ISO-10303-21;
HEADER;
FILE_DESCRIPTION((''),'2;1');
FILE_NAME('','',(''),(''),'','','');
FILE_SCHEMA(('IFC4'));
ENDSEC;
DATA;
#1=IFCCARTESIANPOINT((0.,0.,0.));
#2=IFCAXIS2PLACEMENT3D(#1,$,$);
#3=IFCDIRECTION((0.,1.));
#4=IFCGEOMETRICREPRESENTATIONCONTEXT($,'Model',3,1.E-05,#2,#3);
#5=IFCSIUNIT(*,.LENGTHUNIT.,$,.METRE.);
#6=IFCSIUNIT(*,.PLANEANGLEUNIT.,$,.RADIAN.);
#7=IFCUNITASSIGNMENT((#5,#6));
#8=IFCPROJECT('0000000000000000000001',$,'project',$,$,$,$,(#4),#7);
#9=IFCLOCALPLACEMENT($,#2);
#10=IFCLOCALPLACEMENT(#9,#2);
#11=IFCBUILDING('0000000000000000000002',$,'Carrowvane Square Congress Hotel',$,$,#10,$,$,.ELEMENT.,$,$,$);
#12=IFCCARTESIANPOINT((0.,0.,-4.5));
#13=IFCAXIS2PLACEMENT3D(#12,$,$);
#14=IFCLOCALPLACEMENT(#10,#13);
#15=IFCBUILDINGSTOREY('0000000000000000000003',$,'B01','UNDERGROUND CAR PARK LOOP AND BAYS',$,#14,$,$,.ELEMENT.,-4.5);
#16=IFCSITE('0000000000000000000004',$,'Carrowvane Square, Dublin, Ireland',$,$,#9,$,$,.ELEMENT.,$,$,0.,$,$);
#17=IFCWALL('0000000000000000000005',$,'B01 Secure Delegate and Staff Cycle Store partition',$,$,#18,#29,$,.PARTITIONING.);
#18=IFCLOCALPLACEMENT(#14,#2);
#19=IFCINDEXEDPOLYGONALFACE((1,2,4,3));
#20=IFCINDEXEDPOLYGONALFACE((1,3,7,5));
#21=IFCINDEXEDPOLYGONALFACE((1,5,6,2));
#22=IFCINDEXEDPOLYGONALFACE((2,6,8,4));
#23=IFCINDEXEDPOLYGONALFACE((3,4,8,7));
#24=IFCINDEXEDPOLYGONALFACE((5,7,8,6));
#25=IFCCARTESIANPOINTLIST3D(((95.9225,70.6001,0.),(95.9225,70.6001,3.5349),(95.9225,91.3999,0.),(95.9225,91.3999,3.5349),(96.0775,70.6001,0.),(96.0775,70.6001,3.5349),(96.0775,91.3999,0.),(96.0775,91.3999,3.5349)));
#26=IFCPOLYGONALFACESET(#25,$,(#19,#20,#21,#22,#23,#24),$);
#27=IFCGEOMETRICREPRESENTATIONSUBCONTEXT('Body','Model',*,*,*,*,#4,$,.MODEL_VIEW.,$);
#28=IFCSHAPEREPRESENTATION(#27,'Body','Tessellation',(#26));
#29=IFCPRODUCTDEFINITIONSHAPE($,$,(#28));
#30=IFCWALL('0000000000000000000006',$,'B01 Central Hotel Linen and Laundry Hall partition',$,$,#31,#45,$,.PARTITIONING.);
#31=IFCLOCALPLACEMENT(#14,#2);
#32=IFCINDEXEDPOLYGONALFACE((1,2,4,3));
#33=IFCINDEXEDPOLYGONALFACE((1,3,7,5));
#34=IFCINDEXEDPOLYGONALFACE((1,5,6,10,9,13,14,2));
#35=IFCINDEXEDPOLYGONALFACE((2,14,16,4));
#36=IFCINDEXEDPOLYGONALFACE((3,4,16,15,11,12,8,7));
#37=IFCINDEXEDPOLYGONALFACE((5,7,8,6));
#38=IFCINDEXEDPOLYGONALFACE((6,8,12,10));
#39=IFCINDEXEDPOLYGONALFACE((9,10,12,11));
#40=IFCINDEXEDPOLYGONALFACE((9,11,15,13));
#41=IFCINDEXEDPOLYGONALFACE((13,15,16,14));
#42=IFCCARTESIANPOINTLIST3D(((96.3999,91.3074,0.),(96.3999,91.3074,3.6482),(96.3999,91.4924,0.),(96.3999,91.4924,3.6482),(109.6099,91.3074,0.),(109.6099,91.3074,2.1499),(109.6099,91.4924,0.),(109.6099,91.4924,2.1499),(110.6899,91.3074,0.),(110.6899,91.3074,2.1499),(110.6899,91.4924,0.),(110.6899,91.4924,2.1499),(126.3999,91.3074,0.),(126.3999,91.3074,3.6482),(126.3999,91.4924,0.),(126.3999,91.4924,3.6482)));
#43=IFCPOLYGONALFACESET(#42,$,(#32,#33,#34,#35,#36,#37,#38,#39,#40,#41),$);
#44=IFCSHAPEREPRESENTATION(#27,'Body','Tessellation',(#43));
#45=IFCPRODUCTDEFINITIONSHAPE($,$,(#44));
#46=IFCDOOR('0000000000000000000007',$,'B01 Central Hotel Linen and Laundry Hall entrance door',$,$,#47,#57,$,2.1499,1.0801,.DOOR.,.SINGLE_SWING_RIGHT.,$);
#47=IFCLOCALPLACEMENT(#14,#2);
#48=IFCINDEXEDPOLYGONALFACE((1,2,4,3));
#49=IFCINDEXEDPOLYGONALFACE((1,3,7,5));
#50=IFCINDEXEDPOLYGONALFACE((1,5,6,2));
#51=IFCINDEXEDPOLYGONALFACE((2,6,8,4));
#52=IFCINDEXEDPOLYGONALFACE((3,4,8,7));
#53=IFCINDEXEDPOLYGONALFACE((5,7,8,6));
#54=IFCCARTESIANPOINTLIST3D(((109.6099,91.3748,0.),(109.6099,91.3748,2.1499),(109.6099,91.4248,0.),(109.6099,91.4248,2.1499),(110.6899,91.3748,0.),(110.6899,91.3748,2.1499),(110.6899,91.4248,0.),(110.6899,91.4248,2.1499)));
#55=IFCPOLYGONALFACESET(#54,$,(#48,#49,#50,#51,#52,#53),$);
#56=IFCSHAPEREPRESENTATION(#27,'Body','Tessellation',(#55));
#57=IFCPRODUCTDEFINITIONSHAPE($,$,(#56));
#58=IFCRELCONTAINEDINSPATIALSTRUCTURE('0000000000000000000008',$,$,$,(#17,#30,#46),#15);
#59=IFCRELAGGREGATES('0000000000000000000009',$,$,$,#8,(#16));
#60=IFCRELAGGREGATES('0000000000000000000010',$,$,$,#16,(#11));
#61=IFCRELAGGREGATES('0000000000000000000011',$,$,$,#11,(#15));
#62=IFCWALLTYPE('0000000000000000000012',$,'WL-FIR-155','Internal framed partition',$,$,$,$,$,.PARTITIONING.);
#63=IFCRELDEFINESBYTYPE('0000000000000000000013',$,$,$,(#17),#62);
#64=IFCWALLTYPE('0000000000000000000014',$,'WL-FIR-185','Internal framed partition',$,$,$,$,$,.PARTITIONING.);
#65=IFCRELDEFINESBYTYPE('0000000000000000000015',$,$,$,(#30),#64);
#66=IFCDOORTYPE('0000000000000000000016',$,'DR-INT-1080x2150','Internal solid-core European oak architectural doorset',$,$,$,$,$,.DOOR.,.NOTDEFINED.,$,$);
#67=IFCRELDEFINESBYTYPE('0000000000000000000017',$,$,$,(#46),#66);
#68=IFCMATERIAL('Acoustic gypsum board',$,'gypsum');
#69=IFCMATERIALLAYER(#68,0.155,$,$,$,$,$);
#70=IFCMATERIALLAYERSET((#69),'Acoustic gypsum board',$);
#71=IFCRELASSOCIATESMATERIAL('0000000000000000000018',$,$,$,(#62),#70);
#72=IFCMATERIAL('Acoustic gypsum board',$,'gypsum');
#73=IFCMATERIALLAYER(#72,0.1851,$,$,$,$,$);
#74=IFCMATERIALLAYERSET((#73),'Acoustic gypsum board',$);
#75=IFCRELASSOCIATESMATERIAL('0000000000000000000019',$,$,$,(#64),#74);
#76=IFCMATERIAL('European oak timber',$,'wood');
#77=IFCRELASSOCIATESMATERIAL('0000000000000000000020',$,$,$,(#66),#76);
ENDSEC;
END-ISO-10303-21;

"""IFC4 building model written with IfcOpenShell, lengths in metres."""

from ifc_helpers import new_model, si_unit, direction, frame, frame_2d, origin, place, context, subcontext, project, spatial, rectangle, extrude, material, layer, layer_set, type_object, element, fill, save


model = new_model("IFC4")

# Units and contexts
model_context = context("Model", 3, precision=1e-05, world=origin(), true_north=direction((0.0, 1.0)))
body_context = subcontext(model_context, "Body", "Model", "MODEL_VIEW")
ifc_project = project(units=[si_unit("LENGTHUNIT", "METRE"), si_unit("PLANEANGLEUNIT", "RADIAN")], contexts=[model_context])

# Site, building, storey
site_placement = place(None, origin())
site = spatial("IfcSite", under=ifc_project, at=site_placement, Name="Carrowvane Square, Dublin, Ireland", CompositionType="ELEMENT", RefElevation=0.0)
building_placement = place(site_placement, origin())
building = spatial("IfcBuilding", under=site, at=building_placement, Name="Carrowvane Square Congress Hotel", CompositionType="ELEMENT")
storey_placement = place(building_placement, frame((0.0, 0.0, -4.5)))
storey = spatial("IfcBuildingStorey", under=building, at=storey_placement, Name="B01", Description="UNDERGROUND CAR PARK LOOP AND BAYS", CompositionType="ELEMENT", Elevation=-4.5)

# Wall
ifc_material_1 = material(Name="Acoustic gypsum board", Category="gypsum")
ifc_layer_1 = layer(ifc_material_1, 0.155)
ifc_layer_set_1 = layer_set([ifc_layer_1], Name="Acoustic gypsum board")
wall_type_1 = type_object("IfcWallType", Name="WL-FIR-155", Description="Internal framed partition", PredefinedType="PARTITIONING", material=ifc_layer_set_1)
wall_1_placement = place(storey_placement, frame((96.0, 91.3999, 0.0), z_axis=(0.0, 0.0, 1.0), x_axis=(0.0, -1.0, 0.0)))
element("IfcWall", 1, at=wall_1_placement, inside=storey, type_object=wall_type_1, Name="B01 Secure Delegate and Staff Cycle Store partition", PredefinedType="PARTITIONING", context=body_context, shape_type="SweptSolid", body=[
    extrude(rectangle(XDim=20.7998, YDim=0.155, at=frame_2d((10.3999, 0.0))), origin(), (0.0, 0.0, 1.0), 3.5349),
])

# Wall, opening, door
ifc_material_2 = material(Name="Acoustic gypsum board", Category="gypsum")
ifc_layer_2 = layer(ifc_material_2, 0.1851)
ifc_layer_set_2 = layer_set([ifc_layer_2], Name="Acoustic gypsum board")
wall_type_2 = type_object("IfcWallType", Name="WL-FIR-185", Description="Internal framed partition", PredefinedType="PARTITIONING", material=ifc_layer_set_2)
wall_2_placement = place(storey_placement, frame((96.3999, 91.3999, 0.0), z_axis=(0.0, 0.0, 1.0), x_axis=(1.0, 0.0, 0.0)))
wall_2 = element("IfcWall", 2, at=wall_2_placement, inside=storey, type_object=wall_type_2, Name="B01 Central Hotel Linen and Laundry Hall partition", PredefinedType="PARTITIONING", context=body_context, shape_type="SweptSolid", body=[
    extrude(rectangle(XDim=30.0, YDim=0.1851, at=frame_2d((15.0, 0.0))), origin(), (0.0, 0.0, 1.0), 3.6482),
])
opening_placement = place(wall_2_placement, frame((13.21, 0.0, 0.0)))
opening = element("IfcOpeningElement", 3, at=opening_placement, cuts=wall_2, PredefinedType="OPENING", context=body_context, shape_type="SweptSolid", body=[
    extrude(rectangle(XDim=1.0801, YDim=2.1499, at=frame_2d((0.54, 1.075))), frame((0.0, 0.1025, 0.0), z_axis=(0.0, -1.0, 0.0), x_axis=(1.0, 0.0, 0.0)), (0.0, 0.0, 1.0), 0.2051),
])
ifc_material_3 = material(Name="European oak timber", Category="wood")
door_type = type_object("IfcDoorType", Name="DR-INT-1080x2150", Description="Internal solid-core European oak architectural doorset", OperationType="NOTDEFINED", PredefinedType="DOOR", material=ifc_material_3)
door_placement = place(opening_placement, origin())
door = element("IfcDoor", 4, at=door_placement, inside=storey, type_object=door_type, Name="B01 Central Hotel Linen and Laundry Hall entrance door", OperationType="SINGLE_SWING_RIGHT", OverallHeight=2.1499, OverallWidth=1.0801, PredefinedType="DOOR", context=body_context, shape_type="SweptSolid", body=[
    extrude(rectangle(XDim=1.0801, YDim=2.1499, at=frame_2d((0.54, 1.075))), frame((0.0, 0.0249, 0.0), z_axis=(0.0, -1.0, 0.0), x_axis=(1.0, 0.0, 0.0)), (0.0, 0.0, 1.0), 0.05),
])
fill(opening, door)

save(model, "model.ifc")
